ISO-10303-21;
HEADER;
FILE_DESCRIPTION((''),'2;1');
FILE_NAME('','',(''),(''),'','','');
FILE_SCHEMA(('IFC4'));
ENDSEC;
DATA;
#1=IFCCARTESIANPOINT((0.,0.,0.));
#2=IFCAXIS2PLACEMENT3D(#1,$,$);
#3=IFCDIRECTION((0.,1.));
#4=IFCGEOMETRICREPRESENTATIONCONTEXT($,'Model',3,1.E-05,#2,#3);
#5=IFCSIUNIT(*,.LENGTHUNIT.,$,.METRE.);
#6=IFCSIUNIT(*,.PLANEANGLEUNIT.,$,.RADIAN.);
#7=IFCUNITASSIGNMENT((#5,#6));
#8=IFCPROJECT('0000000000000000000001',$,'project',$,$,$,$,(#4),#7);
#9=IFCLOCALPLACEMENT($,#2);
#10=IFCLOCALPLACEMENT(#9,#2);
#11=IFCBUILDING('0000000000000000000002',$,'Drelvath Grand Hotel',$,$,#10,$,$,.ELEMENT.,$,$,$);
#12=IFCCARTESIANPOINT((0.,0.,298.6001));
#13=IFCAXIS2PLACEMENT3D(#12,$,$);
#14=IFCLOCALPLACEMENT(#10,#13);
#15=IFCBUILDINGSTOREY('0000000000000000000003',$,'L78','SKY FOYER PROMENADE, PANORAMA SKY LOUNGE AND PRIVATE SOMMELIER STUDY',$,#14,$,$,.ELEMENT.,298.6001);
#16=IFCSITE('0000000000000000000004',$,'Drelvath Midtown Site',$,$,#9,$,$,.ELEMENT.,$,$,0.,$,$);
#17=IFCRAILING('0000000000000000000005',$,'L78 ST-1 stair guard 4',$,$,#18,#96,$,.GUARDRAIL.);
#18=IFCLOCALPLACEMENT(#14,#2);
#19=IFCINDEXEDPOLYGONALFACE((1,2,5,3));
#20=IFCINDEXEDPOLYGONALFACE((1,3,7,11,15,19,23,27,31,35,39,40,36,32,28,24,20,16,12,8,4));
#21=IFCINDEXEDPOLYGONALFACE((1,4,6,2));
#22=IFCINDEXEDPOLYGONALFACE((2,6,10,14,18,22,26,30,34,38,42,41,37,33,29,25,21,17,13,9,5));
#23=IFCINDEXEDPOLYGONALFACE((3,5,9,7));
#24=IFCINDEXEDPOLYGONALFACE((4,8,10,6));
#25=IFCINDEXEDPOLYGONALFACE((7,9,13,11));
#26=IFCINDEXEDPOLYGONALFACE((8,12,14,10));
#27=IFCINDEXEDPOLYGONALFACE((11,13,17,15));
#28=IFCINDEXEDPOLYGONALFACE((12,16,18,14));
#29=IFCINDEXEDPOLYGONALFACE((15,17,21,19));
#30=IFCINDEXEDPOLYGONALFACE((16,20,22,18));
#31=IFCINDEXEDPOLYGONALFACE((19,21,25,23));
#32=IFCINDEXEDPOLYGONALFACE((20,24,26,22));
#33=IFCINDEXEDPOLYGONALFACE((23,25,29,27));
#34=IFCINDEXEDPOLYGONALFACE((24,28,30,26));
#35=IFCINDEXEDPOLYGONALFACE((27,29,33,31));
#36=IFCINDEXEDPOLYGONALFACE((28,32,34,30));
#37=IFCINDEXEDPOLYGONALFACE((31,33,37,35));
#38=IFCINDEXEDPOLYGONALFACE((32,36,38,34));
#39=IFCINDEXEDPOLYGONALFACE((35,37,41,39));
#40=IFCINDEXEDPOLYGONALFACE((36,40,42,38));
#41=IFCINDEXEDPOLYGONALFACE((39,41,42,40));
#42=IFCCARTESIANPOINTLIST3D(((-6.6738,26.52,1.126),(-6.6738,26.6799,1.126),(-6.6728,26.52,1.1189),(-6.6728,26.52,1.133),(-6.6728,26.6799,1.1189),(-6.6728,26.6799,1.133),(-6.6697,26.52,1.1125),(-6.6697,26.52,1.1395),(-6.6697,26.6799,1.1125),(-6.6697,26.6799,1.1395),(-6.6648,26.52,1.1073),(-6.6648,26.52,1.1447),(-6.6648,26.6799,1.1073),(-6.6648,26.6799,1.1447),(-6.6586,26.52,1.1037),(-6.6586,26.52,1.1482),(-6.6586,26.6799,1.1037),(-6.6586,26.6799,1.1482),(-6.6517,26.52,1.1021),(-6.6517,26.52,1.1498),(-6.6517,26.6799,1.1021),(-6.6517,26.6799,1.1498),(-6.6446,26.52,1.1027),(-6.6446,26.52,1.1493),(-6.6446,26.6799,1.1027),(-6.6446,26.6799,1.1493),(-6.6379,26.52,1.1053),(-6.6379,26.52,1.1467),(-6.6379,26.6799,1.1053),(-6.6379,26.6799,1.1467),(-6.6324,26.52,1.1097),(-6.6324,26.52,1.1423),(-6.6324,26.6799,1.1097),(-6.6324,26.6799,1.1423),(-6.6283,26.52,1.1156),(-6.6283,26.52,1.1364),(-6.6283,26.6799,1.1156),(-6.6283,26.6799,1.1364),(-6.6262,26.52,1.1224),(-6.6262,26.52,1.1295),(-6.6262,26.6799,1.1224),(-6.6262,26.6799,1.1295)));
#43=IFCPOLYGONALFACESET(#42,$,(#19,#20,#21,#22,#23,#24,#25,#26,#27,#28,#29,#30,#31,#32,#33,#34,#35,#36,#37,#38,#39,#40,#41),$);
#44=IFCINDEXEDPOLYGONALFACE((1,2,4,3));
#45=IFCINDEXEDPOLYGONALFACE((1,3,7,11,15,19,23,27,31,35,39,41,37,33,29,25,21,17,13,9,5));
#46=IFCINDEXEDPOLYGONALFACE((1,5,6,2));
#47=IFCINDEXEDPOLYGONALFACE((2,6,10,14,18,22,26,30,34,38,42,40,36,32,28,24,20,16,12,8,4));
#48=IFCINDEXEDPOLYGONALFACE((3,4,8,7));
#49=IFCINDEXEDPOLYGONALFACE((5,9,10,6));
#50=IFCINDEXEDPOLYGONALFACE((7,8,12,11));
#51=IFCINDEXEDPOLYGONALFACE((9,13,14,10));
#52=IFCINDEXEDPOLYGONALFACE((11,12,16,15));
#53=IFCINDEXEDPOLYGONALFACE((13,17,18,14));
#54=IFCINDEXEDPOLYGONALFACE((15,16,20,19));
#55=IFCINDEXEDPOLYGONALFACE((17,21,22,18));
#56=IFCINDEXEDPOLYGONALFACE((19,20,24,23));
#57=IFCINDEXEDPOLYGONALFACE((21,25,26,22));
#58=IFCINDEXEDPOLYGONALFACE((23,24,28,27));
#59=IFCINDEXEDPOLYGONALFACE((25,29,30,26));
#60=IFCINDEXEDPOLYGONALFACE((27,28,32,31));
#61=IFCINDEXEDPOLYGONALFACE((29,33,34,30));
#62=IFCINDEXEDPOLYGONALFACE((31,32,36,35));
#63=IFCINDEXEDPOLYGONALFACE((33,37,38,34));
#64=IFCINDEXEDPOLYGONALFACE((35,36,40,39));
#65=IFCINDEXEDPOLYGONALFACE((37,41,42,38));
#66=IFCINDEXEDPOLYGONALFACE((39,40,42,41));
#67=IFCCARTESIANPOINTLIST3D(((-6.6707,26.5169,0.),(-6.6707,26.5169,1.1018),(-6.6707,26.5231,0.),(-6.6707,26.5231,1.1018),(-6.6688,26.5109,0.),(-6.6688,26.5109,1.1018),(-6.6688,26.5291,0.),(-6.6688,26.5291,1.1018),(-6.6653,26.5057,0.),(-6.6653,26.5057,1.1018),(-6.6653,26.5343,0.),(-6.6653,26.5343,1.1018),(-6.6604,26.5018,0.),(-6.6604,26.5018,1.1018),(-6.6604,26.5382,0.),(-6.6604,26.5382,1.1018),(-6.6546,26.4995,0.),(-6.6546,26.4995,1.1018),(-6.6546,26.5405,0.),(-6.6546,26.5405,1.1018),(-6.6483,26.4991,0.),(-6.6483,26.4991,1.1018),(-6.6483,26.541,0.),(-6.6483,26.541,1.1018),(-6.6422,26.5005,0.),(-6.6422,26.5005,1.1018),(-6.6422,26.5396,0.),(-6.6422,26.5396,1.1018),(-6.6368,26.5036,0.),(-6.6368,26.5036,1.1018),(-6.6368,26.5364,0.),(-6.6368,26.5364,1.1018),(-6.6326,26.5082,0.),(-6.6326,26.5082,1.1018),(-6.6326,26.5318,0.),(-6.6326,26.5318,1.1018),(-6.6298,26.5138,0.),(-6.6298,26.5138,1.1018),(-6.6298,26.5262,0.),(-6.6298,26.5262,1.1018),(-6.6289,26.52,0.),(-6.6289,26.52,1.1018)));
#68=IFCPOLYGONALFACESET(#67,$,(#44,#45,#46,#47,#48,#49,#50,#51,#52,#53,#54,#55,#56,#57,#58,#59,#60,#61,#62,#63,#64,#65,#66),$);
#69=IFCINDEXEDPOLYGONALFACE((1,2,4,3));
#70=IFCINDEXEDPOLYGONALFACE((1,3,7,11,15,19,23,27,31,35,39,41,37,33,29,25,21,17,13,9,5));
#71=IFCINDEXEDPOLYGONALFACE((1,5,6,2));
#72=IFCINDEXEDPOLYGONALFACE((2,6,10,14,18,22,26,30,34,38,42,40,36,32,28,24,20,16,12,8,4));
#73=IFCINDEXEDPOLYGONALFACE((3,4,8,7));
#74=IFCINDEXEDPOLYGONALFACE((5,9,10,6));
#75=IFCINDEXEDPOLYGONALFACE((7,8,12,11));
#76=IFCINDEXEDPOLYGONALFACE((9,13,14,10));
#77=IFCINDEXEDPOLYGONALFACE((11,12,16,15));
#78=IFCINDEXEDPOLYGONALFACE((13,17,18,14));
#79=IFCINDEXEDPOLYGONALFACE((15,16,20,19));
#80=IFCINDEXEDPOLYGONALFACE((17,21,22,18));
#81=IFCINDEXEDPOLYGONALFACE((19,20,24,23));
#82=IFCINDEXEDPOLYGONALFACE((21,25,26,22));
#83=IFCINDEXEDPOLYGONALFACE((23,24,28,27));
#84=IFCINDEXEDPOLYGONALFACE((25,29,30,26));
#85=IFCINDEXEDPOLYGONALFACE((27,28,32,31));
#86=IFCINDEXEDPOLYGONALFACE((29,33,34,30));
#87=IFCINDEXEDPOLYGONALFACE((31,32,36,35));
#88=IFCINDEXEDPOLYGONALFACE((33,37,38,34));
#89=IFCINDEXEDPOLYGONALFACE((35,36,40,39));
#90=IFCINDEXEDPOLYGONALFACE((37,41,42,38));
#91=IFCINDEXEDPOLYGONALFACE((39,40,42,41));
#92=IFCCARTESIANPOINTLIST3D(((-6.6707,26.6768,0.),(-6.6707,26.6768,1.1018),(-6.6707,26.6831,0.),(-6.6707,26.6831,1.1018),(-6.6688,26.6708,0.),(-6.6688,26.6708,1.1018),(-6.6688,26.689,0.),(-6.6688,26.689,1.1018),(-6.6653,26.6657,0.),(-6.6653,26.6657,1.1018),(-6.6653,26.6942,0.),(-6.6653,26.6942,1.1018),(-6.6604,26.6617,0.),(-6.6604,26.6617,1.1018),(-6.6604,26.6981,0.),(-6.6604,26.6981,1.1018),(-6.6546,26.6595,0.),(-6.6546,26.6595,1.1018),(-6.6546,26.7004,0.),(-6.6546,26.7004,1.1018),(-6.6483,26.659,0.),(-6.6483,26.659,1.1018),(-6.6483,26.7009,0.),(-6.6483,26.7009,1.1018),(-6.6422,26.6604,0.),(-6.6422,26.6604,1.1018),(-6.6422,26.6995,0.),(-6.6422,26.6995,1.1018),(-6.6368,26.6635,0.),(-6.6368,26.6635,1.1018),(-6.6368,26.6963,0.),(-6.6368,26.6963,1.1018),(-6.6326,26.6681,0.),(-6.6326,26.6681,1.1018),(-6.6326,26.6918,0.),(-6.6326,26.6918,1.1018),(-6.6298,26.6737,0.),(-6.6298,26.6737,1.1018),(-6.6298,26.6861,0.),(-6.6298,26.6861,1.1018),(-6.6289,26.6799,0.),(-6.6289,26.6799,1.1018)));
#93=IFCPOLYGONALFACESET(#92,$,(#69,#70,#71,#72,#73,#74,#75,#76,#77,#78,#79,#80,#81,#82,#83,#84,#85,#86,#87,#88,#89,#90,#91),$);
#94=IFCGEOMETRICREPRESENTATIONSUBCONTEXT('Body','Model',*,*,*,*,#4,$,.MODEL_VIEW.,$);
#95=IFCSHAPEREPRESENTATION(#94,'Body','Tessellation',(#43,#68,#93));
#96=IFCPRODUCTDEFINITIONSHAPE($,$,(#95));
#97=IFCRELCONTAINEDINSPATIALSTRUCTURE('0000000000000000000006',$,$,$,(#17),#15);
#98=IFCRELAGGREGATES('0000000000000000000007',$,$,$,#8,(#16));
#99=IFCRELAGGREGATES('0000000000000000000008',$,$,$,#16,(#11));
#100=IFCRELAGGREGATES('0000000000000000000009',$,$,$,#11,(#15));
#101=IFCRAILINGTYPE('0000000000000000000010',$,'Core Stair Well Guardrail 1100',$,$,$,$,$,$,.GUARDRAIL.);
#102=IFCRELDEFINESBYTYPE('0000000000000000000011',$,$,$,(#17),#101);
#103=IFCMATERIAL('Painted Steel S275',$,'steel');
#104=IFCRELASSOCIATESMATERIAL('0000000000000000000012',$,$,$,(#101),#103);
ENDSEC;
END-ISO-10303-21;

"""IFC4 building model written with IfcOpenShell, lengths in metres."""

from ifc_helpers import new_model, si_unit, direction, frame, origin, origin_2d, place, context, subcontext, project, spatial, circle, extrude, material, type_object, element, save


model = new_model("IFC4")

# Units and contexts
model_context = context("Model", 3, precision=1e-05, world=origin(), true_north=direction((0.0, 1.0)))
body_context = subcontext(model_context, "Body", "Model", "MODEL_VIEW")
ifc_project = project(units=[si_unit("LENGTHUNIT", "METRE"), si_unit("PLANEANGLEUNIT", "RADIAN")], contexts=[model_context])

# Site, building, storey
site_placement = place(None, origin())
site = spatial("IfcSite", under=ifc_project, at=site_placement, Name="Drelvath Midtown Site", CompositionType="ELEMENT", RefElevation=0.0)
building_placement = place(site_placement, origin())
building = spatial("IfcBuilding", under=site, at=building_placement, Name="Drelvath Grand Hotel", CompositionType="ELEMENT")
storey_placement = place(building_placement, frame((0.0, 0.0, 298.6001)))
storey = spatial("IfcBuildingStorey", under=building, at=storey_placement, Name="L78", Description="SKY FOYER PROMENADE, PANORAMA SKY LOUNGE AND PRIVATE SOMMELIER STUDY", CompositionType="ELEMENT", Elevation=298.6001)

# Shared definitions
ifc_material_1 = material(Name="Painted Steel S275", Category="steel")

# Railing
railing_type_1 = type_object("IfcRailingType", Name="Core Stair Well Guardrail 1100", PredefinedType="GUARDRAIL", material=ifc_material_1)
railing_1_placement = place(storey_placement, frame((-6.6499, 26.52, 0.0)))
element("IfcRailing", 1, at=railing_1_placement, inside=storey, type_object=railing_type_1, Name="L78 ST-1 stair guard 4", PredefinedType="GUARDRAIL", context=body_context, shape_type="SweptSolid", body=[
    extrude(circle(Radius=0.0239, at=origin_2d()), frame((0.0, 0.0, 1.126), z_axis=(0.0, 1.0, 0.0), x_axis=(-1.0, 0.0, 0.0)), (0.0, 0.0, 1.0), 0.1599),
    extrude(circle(Radius=0.021, at=origin_2d()), origin(), (0.0, 0.0, 1.0), 1.1018),
    extrude(circle(Radius=0.021, at=origin_2d()), frame((0.0, 0.1599, 0.0)), (0.0, 0.0, 1.0), 1.1018),
])

save(model, "model.ifc")
